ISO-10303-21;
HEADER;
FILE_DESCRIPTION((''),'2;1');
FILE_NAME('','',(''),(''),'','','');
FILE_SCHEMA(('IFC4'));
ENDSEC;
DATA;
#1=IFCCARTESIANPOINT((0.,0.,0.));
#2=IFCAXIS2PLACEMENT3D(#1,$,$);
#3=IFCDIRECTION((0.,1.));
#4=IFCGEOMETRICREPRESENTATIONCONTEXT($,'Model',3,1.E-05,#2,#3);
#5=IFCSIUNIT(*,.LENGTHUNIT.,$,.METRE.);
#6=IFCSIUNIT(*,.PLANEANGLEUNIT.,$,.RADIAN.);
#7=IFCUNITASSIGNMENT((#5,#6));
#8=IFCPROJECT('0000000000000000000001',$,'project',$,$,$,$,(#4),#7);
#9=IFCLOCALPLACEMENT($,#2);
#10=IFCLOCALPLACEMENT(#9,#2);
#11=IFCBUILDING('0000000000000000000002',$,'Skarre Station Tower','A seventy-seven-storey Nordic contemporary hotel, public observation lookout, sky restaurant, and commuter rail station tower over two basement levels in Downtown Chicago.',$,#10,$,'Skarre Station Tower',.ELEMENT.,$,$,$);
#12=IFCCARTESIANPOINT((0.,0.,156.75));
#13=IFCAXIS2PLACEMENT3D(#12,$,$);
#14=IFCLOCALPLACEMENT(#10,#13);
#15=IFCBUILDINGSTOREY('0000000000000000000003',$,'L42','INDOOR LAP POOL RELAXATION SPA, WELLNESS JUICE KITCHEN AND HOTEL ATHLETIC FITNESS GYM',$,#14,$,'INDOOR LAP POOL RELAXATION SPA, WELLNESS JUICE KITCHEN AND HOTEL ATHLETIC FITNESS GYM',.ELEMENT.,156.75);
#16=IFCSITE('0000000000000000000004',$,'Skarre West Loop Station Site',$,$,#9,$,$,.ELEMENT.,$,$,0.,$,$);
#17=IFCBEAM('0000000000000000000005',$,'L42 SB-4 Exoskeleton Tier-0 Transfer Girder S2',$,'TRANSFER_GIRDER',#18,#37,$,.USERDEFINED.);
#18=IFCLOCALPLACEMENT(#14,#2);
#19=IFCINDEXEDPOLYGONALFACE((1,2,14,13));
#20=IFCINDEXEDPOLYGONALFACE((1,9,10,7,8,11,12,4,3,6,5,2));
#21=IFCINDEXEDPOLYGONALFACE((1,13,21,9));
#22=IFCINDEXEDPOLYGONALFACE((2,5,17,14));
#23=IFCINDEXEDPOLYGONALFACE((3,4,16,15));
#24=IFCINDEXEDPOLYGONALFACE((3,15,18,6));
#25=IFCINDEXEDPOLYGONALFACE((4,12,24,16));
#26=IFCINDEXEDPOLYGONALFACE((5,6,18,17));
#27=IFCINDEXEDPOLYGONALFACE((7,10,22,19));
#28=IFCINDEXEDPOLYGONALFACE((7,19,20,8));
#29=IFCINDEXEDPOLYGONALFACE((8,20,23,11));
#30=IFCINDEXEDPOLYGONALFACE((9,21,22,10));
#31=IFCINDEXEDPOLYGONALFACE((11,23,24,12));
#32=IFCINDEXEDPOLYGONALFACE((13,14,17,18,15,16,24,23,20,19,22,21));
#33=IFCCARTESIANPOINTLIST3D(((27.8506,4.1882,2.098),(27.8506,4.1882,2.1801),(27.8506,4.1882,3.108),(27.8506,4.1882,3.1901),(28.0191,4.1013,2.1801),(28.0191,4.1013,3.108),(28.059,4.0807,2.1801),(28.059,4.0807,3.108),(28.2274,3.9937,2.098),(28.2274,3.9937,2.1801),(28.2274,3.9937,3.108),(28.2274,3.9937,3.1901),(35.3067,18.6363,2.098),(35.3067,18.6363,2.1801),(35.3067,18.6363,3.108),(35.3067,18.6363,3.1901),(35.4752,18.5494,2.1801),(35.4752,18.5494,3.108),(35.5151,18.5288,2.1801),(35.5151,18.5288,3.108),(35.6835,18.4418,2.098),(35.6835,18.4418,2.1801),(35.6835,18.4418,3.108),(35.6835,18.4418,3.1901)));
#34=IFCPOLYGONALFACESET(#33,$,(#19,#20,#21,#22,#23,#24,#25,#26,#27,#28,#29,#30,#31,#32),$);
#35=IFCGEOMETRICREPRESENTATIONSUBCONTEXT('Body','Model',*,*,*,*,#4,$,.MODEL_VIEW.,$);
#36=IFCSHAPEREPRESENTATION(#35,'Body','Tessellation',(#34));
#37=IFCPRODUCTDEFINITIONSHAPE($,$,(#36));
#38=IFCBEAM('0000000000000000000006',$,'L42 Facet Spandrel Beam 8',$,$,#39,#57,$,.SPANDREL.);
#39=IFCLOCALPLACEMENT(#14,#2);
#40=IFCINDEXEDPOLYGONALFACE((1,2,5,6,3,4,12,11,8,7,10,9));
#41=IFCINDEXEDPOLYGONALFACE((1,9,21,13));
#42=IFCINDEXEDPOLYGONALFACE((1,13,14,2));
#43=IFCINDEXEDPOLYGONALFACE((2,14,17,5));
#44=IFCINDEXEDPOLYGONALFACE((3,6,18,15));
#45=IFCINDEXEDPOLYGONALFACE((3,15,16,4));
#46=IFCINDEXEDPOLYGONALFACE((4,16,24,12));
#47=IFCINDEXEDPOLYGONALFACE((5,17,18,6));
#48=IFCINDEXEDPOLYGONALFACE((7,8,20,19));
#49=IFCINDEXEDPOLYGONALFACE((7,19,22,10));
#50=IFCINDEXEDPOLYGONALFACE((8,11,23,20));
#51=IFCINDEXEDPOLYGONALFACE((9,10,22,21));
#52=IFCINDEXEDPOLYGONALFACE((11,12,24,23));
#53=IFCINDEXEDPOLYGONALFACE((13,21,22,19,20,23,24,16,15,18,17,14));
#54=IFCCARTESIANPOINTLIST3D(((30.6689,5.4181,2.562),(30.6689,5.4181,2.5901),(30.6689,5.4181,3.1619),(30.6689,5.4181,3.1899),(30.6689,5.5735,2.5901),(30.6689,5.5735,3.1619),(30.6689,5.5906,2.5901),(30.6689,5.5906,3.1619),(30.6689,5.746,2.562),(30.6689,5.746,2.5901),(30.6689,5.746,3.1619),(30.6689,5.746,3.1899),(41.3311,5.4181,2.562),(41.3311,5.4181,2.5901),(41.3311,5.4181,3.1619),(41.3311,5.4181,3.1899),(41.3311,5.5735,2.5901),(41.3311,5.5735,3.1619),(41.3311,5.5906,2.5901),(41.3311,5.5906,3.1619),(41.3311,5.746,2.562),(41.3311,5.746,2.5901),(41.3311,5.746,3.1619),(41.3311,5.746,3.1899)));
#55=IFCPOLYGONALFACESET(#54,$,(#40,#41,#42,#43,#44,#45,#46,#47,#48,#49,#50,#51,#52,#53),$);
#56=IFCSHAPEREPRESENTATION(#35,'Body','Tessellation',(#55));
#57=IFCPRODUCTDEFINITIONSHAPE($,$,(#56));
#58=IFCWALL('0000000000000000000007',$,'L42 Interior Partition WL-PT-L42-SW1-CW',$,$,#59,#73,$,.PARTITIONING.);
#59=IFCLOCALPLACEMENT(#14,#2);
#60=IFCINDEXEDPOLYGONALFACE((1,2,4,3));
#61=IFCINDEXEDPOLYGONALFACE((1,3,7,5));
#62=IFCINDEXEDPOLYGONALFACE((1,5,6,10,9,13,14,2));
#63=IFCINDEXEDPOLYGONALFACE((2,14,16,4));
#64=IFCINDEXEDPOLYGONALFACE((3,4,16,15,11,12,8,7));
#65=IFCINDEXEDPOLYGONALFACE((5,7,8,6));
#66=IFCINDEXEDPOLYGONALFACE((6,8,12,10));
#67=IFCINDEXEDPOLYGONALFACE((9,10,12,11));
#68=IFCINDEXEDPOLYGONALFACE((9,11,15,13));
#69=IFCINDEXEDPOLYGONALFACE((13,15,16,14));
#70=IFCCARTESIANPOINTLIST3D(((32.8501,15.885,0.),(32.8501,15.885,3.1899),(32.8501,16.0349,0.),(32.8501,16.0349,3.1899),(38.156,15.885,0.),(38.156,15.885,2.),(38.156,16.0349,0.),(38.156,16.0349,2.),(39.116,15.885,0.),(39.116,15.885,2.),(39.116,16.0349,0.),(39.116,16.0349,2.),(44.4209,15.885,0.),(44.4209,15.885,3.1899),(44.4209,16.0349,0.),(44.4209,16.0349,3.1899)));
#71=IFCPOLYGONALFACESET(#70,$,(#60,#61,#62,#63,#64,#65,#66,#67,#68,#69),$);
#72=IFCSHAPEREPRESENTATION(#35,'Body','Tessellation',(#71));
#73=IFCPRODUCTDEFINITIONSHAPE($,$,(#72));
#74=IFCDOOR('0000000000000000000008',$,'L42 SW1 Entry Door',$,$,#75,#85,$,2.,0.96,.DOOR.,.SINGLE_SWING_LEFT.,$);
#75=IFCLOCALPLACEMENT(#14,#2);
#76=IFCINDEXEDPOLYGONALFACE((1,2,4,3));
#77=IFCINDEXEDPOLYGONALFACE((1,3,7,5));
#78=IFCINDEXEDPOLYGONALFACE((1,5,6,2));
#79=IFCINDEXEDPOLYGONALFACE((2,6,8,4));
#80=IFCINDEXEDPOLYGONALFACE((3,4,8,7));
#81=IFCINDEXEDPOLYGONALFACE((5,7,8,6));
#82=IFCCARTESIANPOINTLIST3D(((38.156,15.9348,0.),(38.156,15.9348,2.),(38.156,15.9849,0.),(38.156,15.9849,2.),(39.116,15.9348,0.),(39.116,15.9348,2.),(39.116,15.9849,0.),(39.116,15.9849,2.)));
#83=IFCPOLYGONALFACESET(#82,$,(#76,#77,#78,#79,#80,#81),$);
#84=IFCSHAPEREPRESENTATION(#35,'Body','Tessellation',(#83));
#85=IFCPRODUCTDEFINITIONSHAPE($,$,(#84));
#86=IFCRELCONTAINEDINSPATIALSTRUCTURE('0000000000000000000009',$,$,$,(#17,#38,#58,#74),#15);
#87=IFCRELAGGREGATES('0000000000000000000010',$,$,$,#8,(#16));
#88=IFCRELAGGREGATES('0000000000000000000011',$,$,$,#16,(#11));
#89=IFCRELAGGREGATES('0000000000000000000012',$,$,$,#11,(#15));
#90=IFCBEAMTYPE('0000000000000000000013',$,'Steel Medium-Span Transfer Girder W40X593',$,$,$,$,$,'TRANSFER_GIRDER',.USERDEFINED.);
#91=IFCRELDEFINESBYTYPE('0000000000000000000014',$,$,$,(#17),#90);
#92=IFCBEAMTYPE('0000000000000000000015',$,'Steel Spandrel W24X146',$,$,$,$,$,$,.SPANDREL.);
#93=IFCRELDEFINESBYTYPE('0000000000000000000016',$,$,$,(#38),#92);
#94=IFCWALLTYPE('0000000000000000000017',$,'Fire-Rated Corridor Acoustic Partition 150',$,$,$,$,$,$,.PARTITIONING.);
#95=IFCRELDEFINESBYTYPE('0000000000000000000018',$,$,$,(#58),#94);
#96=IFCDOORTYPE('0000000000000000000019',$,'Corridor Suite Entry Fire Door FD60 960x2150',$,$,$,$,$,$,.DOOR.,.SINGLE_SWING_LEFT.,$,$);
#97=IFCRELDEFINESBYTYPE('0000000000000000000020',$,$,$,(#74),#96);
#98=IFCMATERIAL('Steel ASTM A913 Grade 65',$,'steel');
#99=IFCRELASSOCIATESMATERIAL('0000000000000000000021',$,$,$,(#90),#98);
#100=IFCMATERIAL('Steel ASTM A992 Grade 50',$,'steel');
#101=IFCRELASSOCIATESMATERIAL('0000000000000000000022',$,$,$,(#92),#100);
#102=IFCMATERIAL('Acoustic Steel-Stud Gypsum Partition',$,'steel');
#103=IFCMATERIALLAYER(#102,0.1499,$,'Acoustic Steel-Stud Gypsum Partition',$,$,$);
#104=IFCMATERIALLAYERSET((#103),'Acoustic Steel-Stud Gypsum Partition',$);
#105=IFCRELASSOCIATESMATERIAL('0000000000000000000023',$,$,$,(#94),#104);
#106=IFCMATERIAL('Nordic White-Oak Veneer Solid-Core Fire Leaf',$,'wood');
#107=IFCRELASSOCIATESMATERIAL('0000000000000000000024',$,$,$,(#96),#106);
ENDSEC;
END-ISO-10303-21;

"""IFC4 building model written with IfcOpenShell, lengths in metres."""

from ifc_helpers import new_model, si_unit, direction, frame, frame_2d, origin, origin_2d, place, context, subcontext, project, spatial, rectangle, i_section, extrude, material, layer, layer_set, material_profile, profile_set, type_object, element, fill, save


model = new_model("IFC4")

# Units and contexts
model_context = context("Model", 3, precision=1e-05, world=origin(), true_north=direction((0.0, 1.0)))
body_context = subcontext(model_context, "Body", "Model", "MODEL_VIEW")
ifc_project = project(units=[si_unit("LENGTHUNIT", "METRE"), si_unit("PLANEANGLEUNIT", "RADIAN")], contexts=[model_context])

# Site, building, storey
site_placement = place(None, origin())
site = spatial("IfcSite", under=ifc_project, at=site_placement, Name="Skarre West Loop Station Site", CompositionType="ELEMENT", RefElevation=0.0)
building_placement = place(site_placement, origin())
building = spatial("IfcBuilding", under=site, at=building_placement, Name="Skarre Station Tower", Description="A seventy-seven-storey Nordic contemporary hotel, public observation lookout, sky restaurant, and commuter rail station tower over two basement levels in Downtown Chicago.", LongName="Skarre Station Tower", CompositionType="ELEMENT")
storey_placement = place(building_placement, frame((0.0, 0.0, 156.75)))
storey = spatial("IfcBuildingStorey", under=building, at=storey_placement, Name="L42", Description="INDOOR LAP POOL RELAXATION SPA, WELLNESS JUICE KITCHEN AND HOTEL ATHLETIC FITNESS GYM", LongName="INDOOR LAP POOL RELAXATION SPA, WELLNESS JUICE KITCHEN AND HOTEL ATHLETIC FITNESS GYM", CompositionType="ELEMENT", Elevation=156.75)

# Shared definitions
ifc_material_1 = material(Name="Steel ASTM A913 Grade 65", Category="steel")

# Beams
ifc_material_2 = material(Name="Steel ASTM A992 Grade 50", Category="steel")
ifc_material_profile_1 = material_profile(ifc_material_1, i_section(OverallWidth=0.4241, OverallDepth=1.092, WebThickness=0.0449, FlangeThickness=0.082, at=origin_2d()), Name="Steel ASTM A913 Grade 65")
ifc_profile_set_1 = profile_set([ifc_material_profile_1], Name="Steel ASTM A913 Grade 65")
beam_type_1 = type_object("IfcBeamType", Name="Steel Medium-Span Transfer Girder W40X593", ElementType="TRANSFER_GIRDER", PredefinedType="USERDEFINED", material=ifc_profile_set_1)
beam_1_placement = place(storey_placement, frame((35.4951, 18.5391, 2.644), z_axis=(-0.458595, -0.888645, 0.0), x_axis=(0.888645, -0.458595, 0.0)))
element("IfcBeam", 1, at=beam_1_placement, inside=storey, type_object=beam_type_1, Name="L42 SB-4 Exoskeleton Tier-0 Transfer Girder S2", ObjectType="TRANSFER_GIRDER", PredefinedType="USERDEFINED", context=body_context, shape_type="SweptSolid", body=[
    extrude(i_section(OverallWidth=0.4241, OverallDepth=1.092, WebThickness=0.0449, FlangeThickness=0.082, at=origin_2d()), origin(), (0.0, 0.0, 1.0), 16.2585),
])
ifc_material_profile_2 = material_profile(ifc_material_2, i_section(OverallWidth=0.3279, OverallDepth=0.6279, WebThickness=0.0171, FlangeThickness=0.0281, at=origin_2d()), Name="Steel ASTM A992 Grade 50")
ifc_profile_set_2 = profile_set([ifc_material_profile_2], Name="Steel ASTM A992 Grade 50")
beam_type_2 = type_object("IfcBeamType", Name="Steel Spandrel W24X146", PredefinedType="SPANDREL", material=ifc_profile_set_2)
beam_2_placement = place(storey_placement, frame((30.6689, 5.582, 2.876), z_axis=(1.0, 0.0, 0.0), x_axis=(0.0, 1.0, 0.0)))
element("IfcBeam", 2, at=beam_2_placement, inside=storey, type_object=beam_type_2, Name="L42 Facet Spandrel Beam 8", PredefinedType="SPANDREL", context=body_context, shape_type="SweptSolid", body=[
    extrude(i_section(OverallWidth=0.3279, OverallDepth=0.6279, WebThickness=0.0171, FlangeThickness=0.0281, at=origin_2d()), origin(), (0.0, 0.0, 1.0), 10.6621),
])

# Wall, opening, door
ifc_material_3 = material(Name="Acoustic Steel-Stud Gypsum Partition", Category="steel")
ifc_layer_1 = layer(ifc_material_3, 0.1499, Name="Acoustic Steel-Stud Gypsum Partition")
ifc_layer_set_1 = layer_set([ifc_layer_1], Name="Acoustic Steel-Stud Gypsum Partition")
wall_type_1 = type_object("IfcWallType", Name="Fire-Rated Corridor Acoustic Partition 150", PredefinedType="PARTITIONING", material=ifc_layer_set_1)
wall_1_placement = place(storey_placement, frame((32.8501, 15.96, 0.0), z_axis=(0.0, 0.0, 1.0), x_axis=(1.0, 0.0, 0.0)))
wall_1 = element("IfcWall", 3, at=wall_1_placement, inside=storey, type_object=wall_type_1, Name="L42 Interior Partition WL-PT-L42-SW1-CW", PredefinedType="PARTITIONING", context=body_context, shape_type="SweptSolid", body=[
    extrude(rectangle(XDim=11.5708, YDim=0.1499, at=frame_2d((5.7854, 0.0))), origin(), (0.0, 0.0, 1.0), 3.1899),
])
opening_1_placement = place(wall_1_placement, frame((5.3059, 0.0, 0.0)))
opening_1 = element("IfcOpeningElement", 4, at=opening_1_placement, cuts=wall_1, PredefinedType="OPENING", context=body_context, shape_type="SweptSolid", body=[
    extrude(rectangle(XDim=0.96, YDim=2.0, at=frame_2d((0.48, 1.0))), frame((0.0, 0.085, 0.0), z_axis=(0.0, -1.0, 0.0), x_axis=(1.0, 0.0, 0.0)), (0.0, 0.0, 1.0), 0.1699),
])
ifc_material_4 = material(Name="Nordic White-Oak Veneer Solid-Core Fire Leaf", Category="wood")
door_type_1 = type_object("IfcDoorType", Name="Corridor Suite Entry Fire Door FD60 960x2150", OperationType="SINGLE_SWING_LEFT", PredefinedType="DOOR", material=ifc_material_4)
door_1_placement = place(opening_1_placement, origin())
door_1 = element("IfcDoor", 5, at=door_1_placement, inside=storey, type_object=door_type_1, Name="L42 SW1 Entry Door", OperationType="SINGLE_SWING_LEFT", OverallHeight=2.0, OverallWidth=0.96, PredefinedType="DOOR", context=body_context, shape_type="SweptSolid", body=[
    extrude(rectangle(XDim=0.96, YDim=2.0, at=frame_2d((0.48, 1.0))), frame((0.0, 0.0249, 0.0), z_axis=(0.0, -1.0, 0.0), x_axis=(1.0, 0.0, 0.0)), (0.0, 0.0, 1.0), 0.05),
])
fill(opening_1, door_1)

save(model, "model.ifc")
